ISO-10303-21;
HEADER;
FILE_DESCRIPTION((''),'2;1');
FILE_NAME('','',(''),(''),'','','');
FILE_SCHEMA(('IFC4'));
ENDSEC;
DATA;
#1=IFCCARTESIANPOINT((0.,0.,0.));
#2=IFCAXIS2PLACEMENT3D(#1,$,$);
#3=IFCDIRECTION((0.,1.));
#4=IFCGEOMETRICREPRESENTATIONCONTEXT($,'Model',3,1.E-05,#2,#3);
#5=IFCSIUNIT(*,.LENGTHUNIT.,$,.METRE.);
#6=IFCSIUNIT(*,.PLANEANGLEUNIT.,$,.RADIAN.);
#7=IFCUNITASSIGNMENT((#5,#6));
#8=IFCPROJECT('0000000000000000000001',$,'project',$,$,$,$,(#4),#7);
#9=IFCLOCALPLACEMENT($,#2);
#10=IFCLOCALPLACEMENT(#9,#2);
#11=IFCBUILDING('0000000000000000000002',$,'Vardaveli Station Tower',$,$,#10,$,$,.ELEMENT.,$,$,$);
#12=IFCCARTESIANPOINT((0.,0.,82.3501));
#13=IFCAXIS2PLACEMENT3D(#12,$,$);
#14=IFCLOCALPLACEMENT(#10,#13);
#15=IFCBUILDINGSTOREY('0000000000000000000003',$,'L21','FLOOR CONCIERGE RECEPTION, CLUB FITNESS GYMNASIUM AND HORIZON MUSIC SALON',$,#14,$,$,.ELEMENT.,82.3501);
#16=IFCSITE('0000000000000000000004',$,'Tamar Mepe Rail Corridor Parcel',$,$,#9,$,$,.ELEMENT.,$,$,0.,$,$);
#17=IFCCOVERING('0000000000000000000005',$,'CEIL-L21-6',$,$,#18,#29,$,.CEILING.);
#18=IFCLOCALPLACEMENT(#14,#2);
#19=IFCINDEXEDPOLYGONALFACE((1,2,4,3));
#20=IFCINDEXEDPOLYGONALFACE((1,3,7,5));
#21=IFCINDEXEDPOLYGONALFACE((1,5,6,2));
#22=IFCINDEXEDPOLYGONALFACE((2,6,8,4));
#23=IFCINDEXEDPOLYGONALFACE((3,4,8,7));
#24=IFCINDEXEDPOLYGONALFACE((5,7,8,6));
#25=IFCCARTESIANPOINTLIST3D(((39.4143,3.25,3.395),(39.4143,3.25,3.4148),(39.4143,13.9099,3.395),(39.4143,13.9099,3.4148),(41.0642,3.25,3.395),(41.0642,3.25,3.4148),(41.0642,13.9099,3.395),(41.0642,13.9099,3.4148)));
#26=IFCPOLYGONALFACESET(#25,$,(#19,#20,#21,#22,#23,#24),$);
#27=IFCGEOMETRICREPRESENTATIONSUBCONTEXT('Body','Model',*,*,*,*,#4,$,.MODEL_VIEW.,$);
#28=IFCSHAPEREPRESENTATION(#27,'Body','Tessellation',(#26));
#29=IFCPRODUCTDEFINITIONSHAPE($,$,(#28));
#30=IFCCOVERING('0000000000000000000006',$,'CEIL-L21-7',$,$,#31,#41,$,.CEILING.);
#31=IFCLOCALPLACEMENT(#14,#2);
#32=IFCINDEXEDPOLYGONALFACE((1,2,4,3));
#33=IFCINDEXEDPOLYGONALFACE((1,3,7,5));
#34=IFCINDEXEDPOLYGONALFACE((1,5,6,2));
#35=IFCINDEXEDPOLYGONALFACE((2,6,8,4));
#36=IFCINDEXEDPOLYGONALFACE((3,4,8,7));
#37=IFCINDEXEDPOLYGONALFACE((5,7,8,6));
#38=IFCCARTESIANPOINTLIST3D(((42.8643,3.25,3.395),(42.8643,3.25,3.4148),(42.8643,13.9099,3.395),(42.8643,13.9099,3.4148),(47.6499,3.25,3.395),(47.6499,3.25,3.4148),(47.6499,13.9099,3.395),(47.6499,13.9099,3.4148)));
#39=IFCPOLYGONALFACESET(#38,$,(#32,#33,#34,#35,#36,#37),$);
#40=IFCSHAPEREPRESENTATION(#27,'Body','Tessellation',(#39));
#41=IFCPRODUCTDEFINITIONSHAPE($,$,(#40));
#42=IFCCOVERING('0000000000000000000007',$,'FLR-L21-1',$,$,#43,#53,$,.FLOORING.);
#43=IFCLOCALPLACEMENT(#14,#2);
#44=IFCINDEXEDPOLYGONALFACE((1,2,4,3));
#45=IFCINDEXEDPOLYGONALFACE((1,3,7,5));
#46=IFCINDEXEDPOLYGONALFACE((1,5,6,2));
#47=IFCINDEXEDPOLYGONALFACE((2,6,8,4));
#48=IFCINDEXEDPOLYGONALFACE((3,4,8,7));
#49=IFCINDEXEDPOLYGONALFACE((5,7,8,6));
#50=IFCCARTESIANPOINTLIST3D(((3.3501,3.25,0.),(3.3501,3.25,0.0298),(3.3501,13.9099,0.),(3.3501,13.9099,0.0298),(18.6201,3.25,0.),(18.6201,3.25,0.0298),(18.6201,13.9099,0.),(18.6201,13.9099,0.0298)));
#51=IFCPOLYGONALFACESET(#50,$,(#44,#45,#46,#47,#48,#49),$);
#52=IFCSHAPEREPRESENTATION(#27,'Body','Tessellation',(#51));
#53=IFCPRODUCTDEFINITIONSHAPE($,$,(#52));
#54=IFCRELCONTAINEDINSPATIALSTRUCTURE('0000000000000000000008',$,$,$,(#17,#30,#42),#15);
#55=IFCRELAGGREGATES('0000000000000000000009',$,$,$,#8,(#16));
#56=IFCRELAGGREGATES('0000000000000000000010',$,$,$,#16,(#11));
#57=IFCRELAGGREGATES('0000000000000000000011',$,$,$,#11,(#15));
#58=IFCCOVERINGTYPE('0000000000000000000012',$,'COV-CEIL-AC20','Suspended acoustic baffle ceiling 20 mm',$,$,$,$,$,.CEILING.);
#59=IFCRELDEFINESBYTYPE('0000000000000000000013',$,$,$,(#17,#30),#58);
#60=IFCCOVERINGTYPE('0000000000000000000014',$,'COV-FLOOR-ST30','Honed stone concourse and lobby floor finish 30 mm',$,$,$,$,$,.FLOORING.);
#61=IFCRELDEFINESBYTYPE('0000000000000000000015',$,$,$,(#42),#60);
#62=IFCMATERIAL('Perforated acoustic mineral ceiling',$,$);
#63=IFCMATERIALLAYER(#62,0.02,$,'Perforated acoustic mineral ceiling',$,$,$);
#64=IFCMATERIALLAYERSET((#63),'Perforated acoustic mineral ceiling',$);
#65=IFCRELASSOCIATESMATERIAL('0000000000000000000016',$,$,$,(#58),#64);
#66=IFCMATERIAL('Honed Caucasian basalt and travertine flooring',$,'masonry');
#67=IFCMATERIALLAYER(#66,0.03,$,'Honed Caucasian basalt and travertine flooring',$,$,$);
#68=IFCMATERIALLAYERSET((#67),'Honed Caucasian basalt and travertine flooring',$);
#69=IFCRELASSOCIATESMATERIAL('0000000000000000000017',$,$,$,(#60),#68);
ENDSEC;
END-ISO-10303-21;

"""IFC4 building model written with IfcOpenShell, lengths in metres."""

from ifc_helpers import new_model, si_unit, direction, frame, origin, place, context, subcontext, project, spatial, polyline, outline, extrude, material, layer, layer_set, type_object, element, save


model = new_model("IFC4")

# Units and contexts
model_context = context("Model", 3, precision=1e-05, world=origin(), true_north=direction((0.0, 1.0)))
body_context = subcontext(model_context, "Body", "Model", "MODEL_VIEW")
ifc_project = project(units=[si_unit("LENGTHUNIT", "METRE"), si_unit("PLANEANGLEUNIT", "RADIAN")], contexts=[model_context])

# Site, building, storey
site_placement = place(None, origin())
site = spatial("IfcSite", under=ifc_project, at=site_placement, Name="Tamar Mepe Rail Corridor Parcel", CompositionType="ELEMENT", RefElevation=0.0)
building_placement = place(site_placement, origin())
building = spatial("IfcBuilding", under=site, at=building_placement, Name="Vardaveli Station Tower", CompositionType="ELEMENT")
storey_placement = place(building_placement, frame((0.0, 0.0, 82.3501)))
storey = spatial("IfcBuildingStorey", under=building, at=storey_placement, Name="L21", Description="FLOOR CONCIERGE RECEPTION, CLUB FITNESS GYMNASIUM AND HORIZON MUSIC SALON", CompositionType="ELEMENT", Elevation=82.3501)

# Coverings
ifc_material_1 = material(Name="Perforated acoustic mineral ceiling")
ifc_layer_1 = layer(ifc_material_1, 0.02, Name="Perforated acoustic mineral ceiling")
ifc_layer_set_1 = layer_set([ifc_layer_1], Name="Perforated acoustic mineral ceiling")
covering_type_1 = type_object("IfcCoveringType", Name="COV-CEIL-AC20", Description="Suspended acoustic baffle ceiling 20 mm", PredefinedType="CEILING", material=ifc_layer_set_1)
covering_1_placement = place(storey_placement, frame((0.0, 0.0, 3.395)))
element("IfcCovering", 1, at=covering_1_placement, inside=storey, type_object=covering_type_1, Name="CEIL-L21-6", PredefinedType="CEILING", context=body_context, shape_type="SweptSolid", body=[
    extrude(outline(polyline([(39.4143, 3.25), (41.0642, 3.25), (41.0642, 13.9099), (39.4143, 13.9099), (39.4143, 3.25)])), origin(), (0.0, 0.0, 1.0), 0.0198),
])
covering_2_placement = place(storey_placement, frame((0.0, 0.0, 3.395)))
element("IfcCovering", 2, at=covering_2_placement, inside=storey, type_object=covering_type_1, Name="CEIL-L21-7", PredefinedType="CEILING", context=body_context, shape_type="SweptSolid", body=[
    extrude(outline(polyline([(42.8643, 3.25), (47.6499, 3.25), (47.6499, 13.9099), (42.8643, 13.9099), (42.8643, 3.25)])), origin(), (0.0, 0.0, 1.0), 0.0198),
])
ifc_material_2 = material(Name="Honed Caucasian basalt and travertine flooring", Category="masonry")
ifc_layer_2 = layer(ifc_material_2, 0.03, Name="Honed Caucasian basalt and travertine flooring")
ifc_layer_set_2 = layer_set([ifc_layer_2], Name="Honed Caucasian basalt and travertine flooring")
covering_type_2 = type_object("IfcCoveringType", Name="COV-FLOOR-ST30", Description="Honed stone concourse and lobby floor finish 30 mm", PredefinedType="FLOORING", material=ifc_layer_set_2)
covering_3_placement = place(storey_placement, origin())
element("IfcCovering", 3, at=covering_3_placement, inside=storey, type_object=covering_type_2, Name="FLR-L21-1", PredefinedType="FLOORING", context=body_context, shape_type="SweptSolid", body=[
    extrude(outline(polyline([(3.3501, 3.25), (18.6201, 3.25), (18.6201, 13.9099), (3.3501, 13.9099), (3.3501, 3.25)])), origin(), (0.0, 0.0, 1.0), 0.0298),
])

save(model, "model.ifc")
